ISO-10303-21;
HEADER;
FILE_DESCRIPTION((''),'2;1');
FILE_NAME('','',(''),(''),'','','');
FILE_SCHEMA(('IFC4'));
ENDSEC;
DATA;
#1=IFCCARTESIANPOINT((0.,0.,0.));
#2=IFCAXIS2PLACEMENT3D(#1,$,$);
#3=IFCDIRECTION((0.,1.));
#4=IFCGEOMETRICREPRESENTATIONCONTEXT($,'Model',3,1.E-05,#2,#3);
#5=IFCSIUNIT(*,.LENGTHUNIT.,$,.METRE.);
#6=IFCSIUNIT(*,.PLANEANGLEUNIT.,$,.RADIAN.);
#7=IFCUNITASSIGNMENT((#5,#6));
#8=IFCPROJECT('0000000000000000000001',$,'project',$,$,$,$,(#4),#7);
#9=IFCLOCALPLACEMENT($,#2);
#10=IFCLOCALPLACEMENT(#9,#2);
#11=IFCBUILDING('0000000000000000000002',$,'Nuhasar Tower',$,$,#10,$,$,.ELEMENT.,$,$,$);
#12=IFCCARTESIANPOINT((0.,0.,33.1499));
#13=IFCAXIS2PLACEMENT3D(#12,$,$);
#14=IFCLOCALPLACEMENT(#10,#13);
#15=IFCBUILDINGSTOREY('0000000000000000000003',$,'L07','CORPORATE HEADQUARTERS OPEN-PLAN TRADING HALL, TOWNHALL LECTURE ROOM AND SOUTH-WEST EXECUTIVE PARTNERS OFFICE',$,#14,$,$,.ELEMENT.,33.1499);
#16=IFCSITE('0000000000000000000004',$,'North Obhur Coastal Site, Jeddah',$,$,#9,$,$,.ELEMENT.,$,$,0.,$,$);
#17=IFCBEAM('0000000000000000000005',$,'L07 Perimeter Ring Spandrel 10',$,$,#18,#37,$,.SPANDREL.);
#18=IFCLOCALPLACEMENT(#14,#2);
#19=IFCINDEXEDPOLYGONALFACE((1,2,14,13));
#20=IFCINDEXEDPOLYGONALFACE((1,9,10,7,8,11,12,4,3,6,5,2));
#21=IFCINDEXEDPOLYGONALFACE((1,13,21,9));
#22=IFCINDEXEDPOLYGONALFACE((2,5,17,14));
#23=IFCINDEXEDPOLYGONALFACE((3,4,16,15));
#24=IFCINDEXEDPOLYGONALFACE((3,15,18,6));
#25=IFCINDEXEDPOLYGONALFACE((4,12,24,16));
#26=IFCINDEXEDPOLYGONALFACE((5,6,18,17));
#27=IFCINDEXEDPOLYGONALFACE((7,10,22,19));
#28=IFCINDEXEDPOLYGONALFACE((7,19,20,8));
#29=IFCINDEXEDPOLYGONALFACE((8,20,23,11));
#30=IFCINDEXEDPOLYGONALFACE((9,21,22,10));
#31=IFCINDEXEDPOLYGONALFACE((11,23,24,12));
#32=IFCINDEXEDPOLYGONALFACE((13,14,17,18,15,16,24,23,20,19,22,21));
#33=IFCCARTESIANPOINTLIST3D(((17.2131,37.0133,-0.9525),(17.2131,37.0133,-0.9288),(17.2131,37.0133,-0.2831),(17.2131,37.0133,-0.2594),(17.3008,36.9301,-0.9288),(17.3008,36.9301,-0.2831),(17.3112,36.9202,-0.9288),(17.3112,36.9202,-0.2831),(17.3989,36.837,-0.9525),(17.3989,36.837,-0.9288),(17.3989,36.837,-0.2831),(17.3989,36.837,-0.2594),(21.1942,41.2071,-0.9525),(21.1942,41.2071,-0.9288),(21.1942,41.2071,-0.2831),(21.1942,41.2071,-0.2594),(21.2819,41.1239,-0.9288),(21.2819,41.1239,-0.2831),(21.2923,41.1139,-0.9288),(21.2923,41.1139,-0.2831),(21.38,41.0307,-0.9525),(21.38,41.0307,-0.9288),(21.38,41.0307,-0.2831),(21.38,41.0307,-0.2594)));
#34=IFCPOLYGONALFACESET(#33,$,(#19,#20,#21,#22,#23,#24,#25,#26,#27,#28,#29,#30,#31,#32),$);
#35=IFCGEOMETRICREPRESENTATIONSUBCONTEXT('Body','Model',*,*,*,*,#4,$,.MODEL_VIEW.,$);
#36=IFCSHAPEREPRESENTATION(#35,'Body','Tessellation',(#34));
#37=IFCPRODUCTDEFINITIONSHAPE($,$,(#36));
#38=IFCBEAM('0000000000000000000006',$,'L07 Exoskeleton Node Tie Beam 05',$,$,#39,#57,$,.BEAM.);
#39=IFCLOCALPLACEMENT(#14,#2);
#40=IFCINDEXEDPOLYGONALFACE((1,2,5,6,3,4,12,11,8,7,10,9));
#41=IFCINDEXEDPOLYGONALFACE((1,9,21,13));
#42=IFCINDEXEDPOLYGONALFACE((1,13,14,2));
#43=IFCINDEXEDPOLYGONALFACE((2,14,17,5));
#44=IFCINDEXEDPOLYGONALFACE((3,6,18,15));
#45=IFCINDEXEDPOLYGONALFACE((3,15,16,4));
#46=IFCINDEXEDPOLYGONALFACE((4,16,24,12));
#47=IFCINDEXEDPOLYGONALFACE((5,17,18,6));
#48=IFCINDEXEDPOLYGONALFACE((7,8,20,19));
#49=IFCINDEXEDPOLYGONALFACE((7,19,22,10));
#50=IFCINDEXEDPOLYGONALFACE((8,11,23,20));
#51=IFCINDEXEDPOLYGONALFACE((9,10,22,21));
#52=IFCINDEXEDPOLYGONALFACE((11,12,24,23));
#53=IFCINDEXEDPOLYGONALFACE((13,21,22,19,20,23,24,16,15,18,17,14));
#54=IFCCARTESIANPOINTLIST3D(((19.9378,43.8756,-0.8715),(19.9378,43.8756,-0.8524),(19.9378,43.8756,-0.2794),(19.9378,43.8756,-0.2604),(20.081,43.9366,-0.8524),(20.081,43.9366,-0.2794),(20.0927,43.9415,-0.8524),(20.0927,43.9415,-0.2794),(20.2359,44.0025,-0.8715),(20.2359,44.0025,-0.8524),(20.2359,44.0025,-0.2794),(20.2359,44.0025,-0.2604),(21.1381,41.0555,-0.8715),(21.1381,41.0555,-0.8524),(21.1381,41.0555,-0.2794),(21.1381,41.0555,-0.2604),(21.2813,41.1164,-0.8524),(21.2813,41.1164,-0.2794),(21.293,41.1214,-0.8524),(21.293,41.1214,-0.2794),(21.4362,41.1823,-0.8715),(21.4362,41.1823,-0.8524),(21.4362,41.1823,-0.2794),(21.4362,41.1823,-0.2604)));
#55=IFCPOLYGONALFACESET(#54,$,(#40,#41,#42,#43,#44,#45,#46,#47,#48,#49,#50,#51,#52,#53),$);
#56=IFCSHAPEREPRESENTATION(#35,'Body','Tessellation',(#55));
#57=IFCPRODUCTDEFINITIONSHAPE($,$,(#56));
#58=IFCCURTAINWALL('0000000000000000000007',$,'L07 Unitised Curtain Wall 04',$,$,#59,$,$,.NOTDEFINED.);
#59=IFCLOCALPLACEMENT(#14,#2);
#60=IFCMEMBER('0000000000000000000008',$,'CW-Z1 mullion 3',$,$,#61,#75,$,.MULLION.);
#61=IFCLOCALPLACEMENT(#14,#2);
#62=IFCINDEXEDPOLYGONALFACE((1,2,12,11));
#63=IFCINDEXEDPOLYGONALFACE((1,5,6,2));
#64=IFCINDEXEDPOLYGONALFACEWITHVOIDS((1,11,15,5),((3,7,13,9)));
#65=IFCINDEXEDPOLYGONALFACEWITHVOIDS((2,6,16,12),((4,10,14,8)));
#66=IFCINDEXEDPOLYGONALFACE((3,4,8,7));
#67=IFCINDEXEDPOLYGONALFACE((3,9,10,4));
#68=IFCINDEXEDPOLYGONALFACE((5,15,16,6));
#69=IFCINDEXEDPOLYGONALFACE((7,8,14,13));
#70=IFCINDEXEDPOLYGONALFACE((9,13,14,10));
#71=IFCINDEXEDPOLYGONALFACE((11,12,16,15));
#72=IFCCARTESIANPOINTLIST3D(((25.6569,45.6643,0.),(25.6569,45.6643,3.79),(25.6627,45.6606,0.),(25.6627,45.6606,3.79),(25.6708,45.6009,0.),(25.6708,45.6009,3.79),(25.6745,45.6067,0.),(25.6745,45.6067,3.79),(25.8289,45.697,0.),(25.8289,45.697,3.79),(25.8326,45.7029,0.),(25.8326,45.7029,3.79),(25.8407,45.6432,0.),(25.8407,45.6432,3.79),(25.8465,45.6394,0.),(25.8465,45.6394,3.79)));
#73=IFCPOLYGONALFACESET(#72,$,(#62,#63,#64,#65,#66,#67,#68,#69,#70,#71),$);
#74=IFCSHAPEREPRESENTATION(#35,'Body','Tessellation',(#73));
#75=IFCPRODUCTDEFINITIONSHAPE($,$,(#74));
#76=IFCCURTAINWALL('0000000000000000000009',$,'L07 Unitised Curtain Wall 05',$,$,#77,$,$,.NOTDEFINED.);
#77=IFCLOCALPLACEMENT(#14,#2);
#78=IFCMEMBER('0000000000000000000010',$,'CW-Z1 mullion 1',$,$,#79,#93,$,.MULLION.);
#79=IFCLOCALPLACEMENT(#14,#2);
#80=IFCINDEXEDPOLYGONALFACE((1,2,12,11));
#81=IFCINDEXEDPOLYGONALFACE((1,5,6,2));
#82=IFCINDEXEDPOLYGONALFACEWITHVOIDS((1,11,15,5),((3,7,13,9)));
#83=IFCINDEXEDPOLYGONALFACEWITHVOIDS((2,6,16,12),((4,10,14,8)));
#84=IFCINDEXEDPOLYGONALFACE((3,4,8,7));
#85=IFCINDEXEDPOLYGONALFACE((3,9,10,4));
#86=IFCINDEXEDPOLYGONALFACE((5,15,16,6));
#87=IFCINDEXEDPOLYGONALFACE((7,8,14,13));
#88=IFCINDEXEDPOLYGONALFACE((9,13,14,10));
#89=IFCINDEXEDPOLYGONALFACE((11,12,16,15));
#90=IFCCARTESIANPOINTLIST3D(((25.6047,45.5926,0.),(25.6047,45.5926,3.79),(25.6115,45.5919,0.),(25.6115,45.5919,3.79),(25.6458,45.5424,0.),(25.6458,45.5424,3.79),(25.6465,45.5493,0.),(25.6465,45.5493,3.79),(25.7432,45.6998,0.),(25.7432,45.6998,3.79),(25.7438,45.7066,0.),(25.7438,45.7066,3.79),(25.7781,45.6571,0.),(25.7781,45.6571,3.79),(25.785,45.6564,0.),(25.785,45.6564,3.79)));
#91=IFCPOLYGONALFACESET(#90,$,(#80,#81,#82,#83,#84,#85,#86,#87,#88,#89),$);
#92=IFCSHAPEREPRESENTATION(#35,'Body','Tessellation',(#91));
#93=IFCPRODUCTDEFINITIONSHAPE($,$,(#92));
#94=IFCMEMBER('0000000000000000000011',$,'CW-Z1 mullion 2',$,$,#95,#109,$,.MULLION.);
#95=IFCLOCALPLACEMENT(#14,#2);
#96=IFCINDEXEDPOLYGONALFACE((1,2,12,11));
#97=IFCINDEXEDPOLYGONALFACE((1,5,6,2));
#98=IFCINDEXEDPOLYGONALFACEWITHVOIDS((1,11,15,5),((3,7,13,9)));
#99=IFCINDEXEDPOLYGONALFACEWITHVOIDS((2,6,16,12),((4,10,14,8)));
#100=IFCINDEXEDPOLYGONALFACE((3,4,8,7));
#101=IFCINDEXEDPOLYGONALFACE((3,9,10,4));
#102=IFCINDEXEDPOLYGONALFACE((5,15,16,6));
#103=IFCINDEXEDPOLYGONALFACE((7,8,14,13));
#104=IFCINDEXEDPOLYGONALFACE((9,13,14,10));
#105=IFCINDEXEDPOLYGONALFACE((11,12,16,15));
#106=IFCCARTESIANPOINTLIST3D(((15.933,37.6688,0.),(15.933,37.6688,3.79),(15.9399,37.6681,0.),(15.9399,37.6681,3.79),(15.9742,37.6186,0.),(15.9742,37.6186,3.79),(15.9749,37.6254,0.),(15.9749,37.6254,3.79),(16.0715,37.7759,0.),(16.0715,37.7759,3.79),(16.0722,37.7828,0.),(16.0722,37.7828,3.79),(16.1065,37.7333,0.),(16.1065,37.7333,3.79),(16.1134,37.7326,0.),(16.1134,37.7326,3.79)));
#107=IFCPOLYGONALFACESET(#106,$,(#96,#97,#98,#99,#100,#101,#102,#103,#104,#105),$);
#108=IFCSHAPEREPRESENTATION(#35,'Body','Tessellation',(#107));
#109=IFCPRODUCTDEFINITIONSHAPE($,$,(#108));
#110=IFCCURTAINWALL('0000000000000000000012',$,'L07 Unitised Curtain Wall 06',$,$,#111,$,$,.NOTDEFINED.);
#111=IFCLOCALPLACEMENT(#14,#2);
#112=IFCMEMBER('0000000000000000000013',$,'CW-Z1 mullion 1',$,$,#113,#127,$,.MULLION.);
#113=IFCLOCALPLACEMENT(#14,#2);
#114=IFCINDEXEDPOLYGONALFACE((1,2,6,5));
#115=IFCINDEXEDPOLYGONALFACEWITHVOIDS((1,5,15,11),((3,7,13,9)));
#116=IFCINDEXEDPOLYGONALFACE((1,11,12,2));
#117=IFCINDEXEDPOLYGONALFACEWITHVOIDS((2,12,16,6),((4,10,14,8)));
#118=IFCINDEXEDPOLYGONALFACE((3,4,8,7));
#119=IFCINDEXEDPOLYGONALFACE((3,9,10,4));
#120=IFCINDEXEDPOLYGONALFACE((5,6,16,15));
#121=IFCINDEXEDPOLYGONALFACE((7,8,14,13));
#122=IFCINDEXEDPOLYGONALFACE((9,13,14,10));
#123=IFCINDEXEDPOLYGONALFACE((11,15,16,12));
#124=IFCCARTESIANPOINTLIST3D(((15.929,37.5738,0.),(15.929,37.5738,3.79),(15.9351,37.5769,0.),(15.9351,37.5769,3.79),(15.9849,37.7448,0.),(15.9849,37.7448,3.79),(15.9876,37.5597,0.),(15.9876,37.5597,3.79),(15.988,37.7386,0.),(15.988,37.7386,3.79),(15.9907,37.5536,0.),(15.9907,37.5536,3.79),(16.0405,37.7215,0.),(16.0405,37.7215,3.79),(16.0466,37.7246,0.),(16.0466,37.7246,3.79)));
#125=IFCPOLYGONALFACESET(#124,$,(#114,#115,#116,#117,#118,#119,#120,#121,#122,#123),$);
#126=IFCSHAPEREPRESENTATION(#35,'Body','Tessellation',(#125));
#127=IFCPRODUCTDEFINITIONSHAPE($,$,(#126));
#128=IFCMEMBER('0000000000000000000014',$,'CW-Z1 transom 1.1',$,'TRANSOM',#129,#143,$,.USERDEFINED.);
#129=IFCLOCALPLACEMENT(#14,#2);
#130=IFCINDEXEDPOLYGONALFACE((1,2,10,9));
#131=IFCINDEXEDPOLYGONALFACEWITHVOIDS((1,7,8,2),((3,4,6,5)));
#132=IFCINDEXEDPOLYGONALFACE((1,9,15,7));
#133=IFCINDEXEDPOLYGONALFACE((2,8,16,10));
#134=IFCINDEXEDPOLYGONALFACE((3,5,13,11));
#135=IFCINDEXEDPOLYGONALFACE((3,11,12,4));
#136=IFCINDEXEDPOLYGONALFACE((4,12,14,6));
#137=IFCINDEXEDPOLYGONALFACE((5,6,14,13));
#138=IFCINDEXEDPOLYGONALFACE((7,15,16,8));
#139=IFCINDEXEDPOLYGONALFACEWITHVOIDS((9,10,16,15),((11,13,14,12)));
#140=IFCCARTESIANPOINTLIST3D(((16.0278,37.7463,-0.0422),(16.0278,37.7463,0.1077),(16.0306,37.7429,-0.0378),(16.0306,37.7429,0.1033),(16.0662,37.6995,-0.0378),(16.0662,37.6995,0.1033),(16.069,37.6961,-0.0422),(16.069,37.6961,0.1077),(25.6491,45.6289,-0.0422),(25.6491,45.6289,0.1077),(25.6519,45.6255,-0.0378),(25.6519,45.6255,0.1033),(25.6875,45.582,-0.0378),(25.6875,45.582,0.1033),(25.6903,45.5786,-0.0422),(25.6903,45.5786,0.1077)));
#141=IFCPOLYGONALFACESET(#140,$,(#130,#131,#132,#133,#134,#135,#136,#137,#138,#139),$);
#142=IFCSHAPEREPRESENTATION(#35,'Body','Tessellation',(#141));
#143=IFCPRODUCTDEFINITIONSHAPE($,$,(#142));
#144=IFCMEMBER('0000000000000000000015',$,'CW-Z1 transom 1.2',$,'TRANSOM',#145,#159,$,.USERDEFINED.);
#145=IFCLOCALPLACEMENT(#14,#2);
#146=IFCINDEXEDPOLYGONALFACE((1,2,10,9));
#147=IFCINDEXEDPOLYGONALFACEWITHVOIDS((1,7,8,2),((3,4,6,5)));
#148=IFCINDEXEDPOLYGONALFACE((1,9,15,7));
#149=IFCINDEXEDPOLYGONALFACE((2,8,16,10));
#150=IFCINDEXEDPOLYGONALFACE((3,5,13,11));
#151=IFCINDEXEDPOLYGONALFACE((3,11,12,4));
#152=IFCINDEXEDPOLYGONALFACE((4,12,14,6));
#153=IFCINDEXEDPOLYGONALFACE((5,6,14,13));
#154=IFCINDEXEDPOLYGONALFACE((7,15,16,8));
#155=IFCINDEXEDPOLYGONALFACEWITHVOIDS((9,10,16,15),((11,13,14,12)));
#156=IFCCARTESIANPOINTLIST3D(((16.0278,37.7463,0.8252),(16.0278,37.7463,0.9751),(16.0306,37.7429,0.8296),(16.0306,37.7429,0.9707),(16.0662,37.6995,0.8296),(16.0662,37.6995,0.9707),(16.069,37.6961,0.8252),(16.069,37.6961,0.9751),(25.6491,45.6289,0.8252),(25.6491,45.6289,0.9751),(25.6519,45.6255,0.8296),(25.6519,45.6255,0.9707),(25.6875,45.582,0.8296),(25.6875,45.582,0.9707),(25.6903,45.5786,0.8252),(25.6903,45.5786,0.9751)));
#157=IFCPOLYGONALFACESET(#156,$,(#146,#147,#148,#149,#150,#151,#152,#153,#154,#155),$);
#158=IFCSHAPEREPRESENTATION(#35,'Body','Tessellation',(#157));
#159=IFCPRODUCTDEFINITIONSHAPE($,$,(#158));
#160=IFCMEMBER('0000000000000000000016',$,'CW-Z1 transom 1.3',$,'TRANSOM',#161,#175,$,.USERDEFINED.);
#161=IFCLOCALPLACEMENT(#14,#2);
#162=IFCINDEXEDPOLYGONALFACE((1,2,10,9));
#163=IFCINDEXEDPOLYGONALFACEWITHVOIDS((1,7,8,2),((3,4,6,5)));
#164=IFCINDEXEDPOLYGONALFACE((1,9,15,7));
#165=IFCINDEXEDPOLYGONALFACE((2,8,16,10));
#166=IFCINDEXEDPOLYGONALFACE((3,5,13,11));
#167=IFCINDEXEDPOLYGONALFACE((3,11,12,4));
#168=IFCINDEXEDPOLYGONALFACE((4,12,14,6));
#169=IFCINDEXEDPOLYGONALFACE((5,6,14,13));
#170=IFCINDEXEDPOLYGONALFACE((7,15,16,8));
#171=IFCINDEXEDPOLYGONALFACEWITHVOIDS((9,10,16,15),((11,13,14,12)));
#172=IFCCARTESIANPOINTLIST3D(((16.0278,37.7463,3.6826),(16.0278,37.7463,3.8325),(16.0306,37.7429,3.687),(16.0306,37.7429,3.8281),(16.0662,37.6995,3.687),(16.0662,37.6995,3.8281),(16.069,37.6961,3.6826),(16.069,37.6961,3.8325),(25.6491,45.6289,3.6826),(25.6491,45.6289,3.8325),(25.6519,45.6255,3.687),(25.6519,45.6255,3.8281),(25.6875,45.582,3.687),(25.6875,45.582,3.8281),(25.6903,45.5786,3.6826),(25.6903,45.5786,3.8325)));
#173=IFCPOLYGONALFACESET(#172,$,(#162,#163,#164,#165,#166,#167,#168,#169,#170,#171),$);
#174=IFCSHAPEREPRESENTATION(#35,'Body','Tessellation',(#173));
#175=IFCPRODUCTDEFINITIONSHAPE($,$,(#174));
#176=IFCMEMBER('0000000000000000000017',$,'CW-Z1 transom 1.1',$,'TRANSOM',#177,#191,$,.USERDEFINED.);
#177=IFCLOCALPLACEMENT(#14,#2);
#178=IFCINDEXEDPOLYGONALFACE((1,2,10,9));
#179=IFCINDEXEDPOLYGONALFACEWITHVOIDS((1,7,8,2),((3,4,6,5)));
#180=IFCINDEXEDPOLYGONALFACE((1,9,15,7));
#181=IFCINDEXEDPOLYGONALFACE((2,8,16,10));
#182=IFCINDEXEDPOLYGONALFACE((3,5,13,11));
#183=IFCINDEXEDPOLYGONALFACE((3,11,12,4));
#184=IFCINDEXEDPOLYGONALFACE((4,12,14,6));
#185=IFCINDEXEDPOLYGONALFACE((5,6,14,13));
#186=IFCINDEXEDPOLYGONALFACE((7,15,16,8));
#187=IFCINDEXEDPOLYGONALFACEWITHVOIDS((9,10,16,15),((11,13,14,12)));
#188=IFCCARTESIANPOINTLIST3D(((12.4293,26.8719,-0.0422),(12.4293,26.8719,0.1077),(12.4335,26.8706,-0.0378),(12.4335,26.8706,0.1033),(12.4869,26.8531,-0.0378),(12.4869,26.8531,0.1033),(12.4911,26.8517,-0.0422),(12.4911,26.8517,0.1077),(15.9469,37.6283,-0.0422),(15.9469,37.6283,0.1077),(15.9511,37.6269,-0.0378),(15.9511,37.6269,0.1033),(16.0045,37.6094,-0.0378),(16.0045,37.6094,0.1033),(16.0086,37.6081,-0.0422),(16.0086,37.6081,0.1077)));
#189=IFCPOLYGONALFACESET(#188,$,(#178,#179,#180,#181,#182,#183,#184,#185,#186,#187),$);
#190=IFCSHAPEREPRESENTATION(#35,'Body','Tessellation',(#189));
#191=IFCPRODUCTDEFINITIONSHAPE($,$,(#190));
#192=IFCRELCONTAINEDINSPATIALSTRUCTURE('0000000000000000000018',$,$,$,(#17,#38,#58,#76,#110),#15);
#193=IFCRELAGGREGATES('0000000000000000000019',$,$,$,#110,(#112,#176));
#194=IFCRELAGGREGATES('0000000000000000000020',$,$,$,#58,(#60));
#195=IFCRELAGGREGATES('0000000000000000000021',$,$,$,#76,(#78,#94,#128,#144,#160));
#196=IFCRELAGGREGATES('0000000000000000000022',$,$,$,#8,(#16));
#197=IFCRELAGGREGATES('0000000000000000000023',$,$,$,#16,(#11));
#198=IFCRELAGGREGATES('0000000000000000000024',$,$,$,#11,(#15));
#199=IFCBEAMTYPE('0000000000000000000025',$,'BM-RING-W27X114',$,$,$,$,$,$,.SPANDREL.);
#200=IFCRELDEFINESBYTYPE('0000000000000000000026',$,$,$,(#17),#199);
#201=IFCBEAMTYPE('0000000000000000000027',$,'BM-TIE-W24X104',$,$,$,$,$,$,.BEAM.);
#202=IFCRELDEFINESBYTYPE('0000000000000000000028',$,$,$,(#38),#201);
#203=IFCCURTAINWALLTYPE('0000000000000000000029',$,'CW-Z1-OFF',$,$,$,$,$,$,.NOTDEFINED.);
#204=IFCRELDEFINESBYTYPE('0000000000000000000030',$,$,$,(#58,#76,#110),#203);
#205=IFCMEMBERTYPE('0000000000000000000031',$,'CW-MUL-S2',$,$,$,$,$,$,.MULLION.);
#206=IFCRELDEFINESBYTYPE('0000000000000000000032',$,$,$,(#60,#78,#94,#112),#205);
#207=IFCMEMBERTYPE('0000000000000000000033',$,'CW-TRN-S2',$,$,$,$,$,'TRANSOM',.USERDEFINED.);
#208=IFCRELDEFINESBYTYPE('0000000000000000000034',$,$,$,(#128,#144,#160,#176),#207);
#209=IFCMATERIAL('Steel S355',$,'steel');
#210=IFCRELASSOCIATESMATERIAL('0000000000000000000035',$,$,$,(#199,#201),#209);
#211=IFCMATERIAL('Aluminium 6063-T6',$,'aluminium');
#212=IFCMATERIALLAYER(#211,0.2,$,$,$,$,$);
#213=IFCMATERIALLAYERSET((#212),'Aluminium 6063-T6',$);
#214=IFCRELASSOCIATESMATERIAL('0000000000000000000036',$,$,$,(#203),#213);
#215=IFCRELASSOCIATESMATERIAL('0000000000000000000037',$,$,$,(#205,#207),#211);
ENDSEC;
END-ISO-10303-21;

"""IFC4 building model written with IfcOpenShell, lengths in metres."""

from ifc_helpers import new_model, si_unit, direction, frame, origin, origin_2d, place, context, subcontext, project, spatial, hollow_rectangle, i_section, extrude, material, layer, layer_set, material_profile, profile_set, type_object, element, aggregate, save


model = new_model("IFC4")

# Units and contexts
model_context = context("Model", 3, precision=1e-05, world=origin(), true_north=direction((0.0, 1.0)))
body_context = subcontext(model_context, "Body", "Model", "MODEL_VIEW")
ifc_project = project(units=[si_unit("LENGTHUNIT", "METRE"), si_unit("PLANEANGLEUNIT", "RADIAN")], contexts=[model_context])

# Site, building, storey
site_placement = place(None, origin())
site = spatial("IfcSite", under=ifc_project, at=site_placement, Name="North Obhur Coastal Site, Jeddah", CompositionType="ELEMENT", RefElevation=0.0)
building_placement = place(site_placement, origin())
building = spatial("IfcBuilding", under=site, at=building_placement, Name="Nuhasar Tower", CompositionType="ELEMENT")
storey_placement = place(building_placement, frame((0.0, 0.0, 33.1499)))
storey = spatial("IfcBuildingStorey", under=building, at=storey_placement, Name="L07", Description="CORPORATE HEADQUARTERS OPEN-PLAN TRADING HALL, TOWNHALL LECTURE ROOM AND SOUTH-WEST EXECUTIVE PARTNERS OFFICE", CompositionType="ELEMENT", Elevation=33.1499)

# Beams
ifc_material_1 = material(Name="Steel S355", Category="steel")
ifc_material_profile_1 = material_profile(ifc_material_1, i_section(OverallWidth=0.2561, OverallDepth=0.6931, WebThickness=0.0144, FlangeThickness=0.0237, at=origin_2d()), Name="W27X114")
ifc_profile_set_1 = profile_set([ifc_material_profile_1], Name="Steel S355")
beam_type_1 = type_object("IfcBeamType", Name="BM-RING-W27X114", PredefinedType="SPANDREL", material=ifc_profile_set_1)
beam_1_placement = place(storey_placement, frame((21.2871, 41.1189, -0.606), z_axis=(-0.688481, -0.725254, 0.0), x_axis=(0.725254, -0.688481, 0.0)))
element("IfcBeam", 1, at=beam_1_placement, inside=storey, type_object=beam_type_1, Name="L07 Perimeter Ring Spandrel 10", PredefinedType="SPANDREL", context=body_context, shape_type="SweptSolid", body=[
    extrude(i_section(OverallWidth=0.2561, OverallDepth=0.6931, WebThickness=0.0144, FlangeThickness=0.0237, at=origin_2d()), origin(), (0.0, 0.0, 1.0), 5.7825),
])
ifc_material_profile_2 = material_profile(ifc_material_1, i_section(OverallWidth=0.324, OverallDepth=0.6111, WebThickness=0.0127, FlangeThickness=0.019, at=origin_2d()), Name="W24X104")
ifc_profile_set_2 = profile_set([ifc_material_profile_2], Name="Steel S355")
beam_type_2 = type_object("IfcBeamType", Name="BM-TIE-W24X104", PredefinedType="BEAM", material=ifc_profile_set_2)
beam_2_placement = place(storey_placement, frame((21.2871, 41.1189, -0.5659), z_axis=(-0.391601, 0.920135, 0.0), x_axis=(-0.920135, -0.391601, 0.0)))
element("IfcBeam", 2, at=beam_2_placement, inside=storey, type_object=beam_type_2, Name="L07 Exoskeleton Node Tie Beam 05", PredefinedType="BEAM", context=body_context, shape_type="SweptSolid", body=[
    extrude(i_section(OverallWidth=0.324, OverallDepth=0.6111, WebThickness=0.0127, FlangeThickness=0.019, at=origin_2d()), origin(), (0.0, 0.0, 1.0), 3.0649),
])

# Curtain wall, member
ifc_material_2 = material(Name="Aluminium 6063-T6", Category="aluminium")
ifc_layer_1 = layer(ifc_material_2, 0.2)
ifc_layer_set_1 = layer_set([ifc_layer_1], Name="Aluminium 6063-T6")
curtain_wall_type = type_object("IfcCurtainWallType", Name="CW-Z1-OFF", PredefinedType="NOTDEFINED", material=ifc_layer_set_1)
curtain_wall_1_placement = place(storey_placement, origin())
curtain_wall_1 = element("IfcCurtainWall", 3, at=curtain_wall_1_placement, inside=storey, type_object=curtain_wall_type, Name="L07 Unitised Curtain Wall 04", PredefinedType="NOTDEFINED")
ifc_material_profile_3 = material_profile(ifc_material_2, hollow_rectangle(XDim=0.0649, YDim=0.1799, WallThickness=0.0049, at=origin_2d()), Name="CWM-2")
ifc_profile_set_3 = profile_set([ifc_material_profile_3], Name="Aluminium 6063-T6")
member_type_1 = type_object("IfcMemberType", Name="CW-MUL-S2", PredefinedType="MULLION", material=ifc_profile_set_3)
member_1_placement = place(storey_placement, frame((25.7517, 45.6519, 0.0), z_axis=(0.0, 0.0, 1.0), x_axis=(0.214399, -0.976746, 0.0)))
member_1 = element("IfcMember", 4, at=member_1_placement, type_object=member_type_1, Name="CW-Z1 mullion 3", PredefinedType="MULLION", context=body_context, shape_type="SweptSolid", body=[
    extrude(hollow_rectangle(XDim=0.0649, YDim=0.1799, WallThickness=0.0049, at=origin_2d()), origin(), (0.0, 0.0, 1.0), 3.79),
])

# Curtain wall, members
curtain_wall_2_placement = place(storey_placement, origin())
curtain_wall_2 = element("IfcCurtainWall", 5, at=curtain_wall_2_placement, inside=storey, type_object=curtain_wall_type, Name="L07 Unitised Curtain Wall 05", PredefinedType="NOTDEFINED")
member_2_placement = place(storey_placement, frame((25.6948, 45.6245, 0.0), z_axis=(0.0, 0.0, 1.0), x_axis=(0.633745, -0.773542, 0.0)))
member_2 = element("IfcMember", 6, at=member_2_placement, type_object=member_type_1, Name="CW-Z1 mullion 1", PredefinedType="MULLION", context=body_context, shape_type="SweptSolid", body=[
    extrude(hollow_rectangle(XDim=0.0649, YDim=0.1799, WallThickness=0.0049, at=origin_2d()), origin(), (0.0, 0.0, 1.0), 3.79),
])
member_3_placement = place(storey_placement, frame((16.0232, 37.7007, 0.0), z_axis=(0.0, 0.0, 1.0), x_axis=(0.633745, -0.773542, 0.0)))
member_3 = element("IfcMember", 7, at=member_3_placement, type_object=member_type_1, Name="CW-Z1 mullion 2", PredefinedType="MULLION", context=body_context, shape_type="SweptSolid", body=[
    extrude(hollow_rectangle(XDim=0.0649, YDim=0.1799, WallThickness=0.0049, at=origin_2d()), origin(), (0.0, 0.0, 1.0), 3.79),
])

# Curtain wall, member
curtain_wall_3_placement = place(storey_placement, origin())
curtain_wall_3 = element("IfcCurtainWall", 8, at=curtain_wall_3_placement, inside=storey, type_object=curtain_wall_type, Name="L07 Unitised Curtain Wall 06", PredefinedType="NOTDEFINED")
member_4_placement = place(storey_placement, frame((15.9878, 37.6492, 0.0), z_axis=(0.0, 0.0, 1.0), x_axis=(0.950468, -0.310824, 0.0)))
member_4 = element("IfcMember", 9, at=member_4_placement, type_object=member_type_1, Name="CW-Z1 mullion 1", PredefinedType="MULLION", context=body_context, shape_type="SweptSolid", body=[
    extrude(hollow_rectangle(XDim=0.0649, YDim=0.1799, WallThickness=0.0049, at=origin_2d()), origin(), (0.0, 0.0, 1.0), 3.79),
])

# Members
ifc_material_profile_4 = material_profile(ifc_material_2, hollow_rectangle(XDim=0.0649, YDim=0.1499, WallThickness=0.0044, at=origin_2d()), Name="CWT-2")
ifc_profile_set_4 = profile_set([ifc_material_profile_4], Name="Aluminium 6063-T6")
member_type_2 = type_object("IfcMemberType", Name="CW-TRN-S2", ElementType="TRANSOM", PredefinedType="USERDEFINED", material=ifc_profile_set_4)
member_5_placement = place(storey_placement, frame((25.6697, 45.6038, 0.0327), z_axis=(-0.773541, -0.633746, 0.0), x_axis=(0.633746, -0.773541, 0.0)))
member_5 = element("IfcMember", 10, at=member_5_placement, type_object=member_type_2, Name="CW-Z1 transom 1.1", ObjectType="TRANSOM", PredefinedType="USERDEFINED", context=body_context, shape_type="SweptSolid", body=[
    extrude(hollow_rectangle(XDim=0.0649, YDim=0.1499, WallThickness=0.0044, at=origin_2d()), origin(), (0.0, 0.0, 1.0), 12.438),
])
member_6_placement = place(storey_placement, frame((25.6697, 45.6038, 0.9001), z_axis=(-0.773541, -0.633746, 0.0), x_axis=(0.633746, -0.773541, 0.0)))
member_6 = element("IfcMember", 11, at=member_6_placement, type_object=member_type_2, Name="CW-Z1 transom 1.2", ObjectType="TRANSOM", PredefinedType="USERDEFINED", context=body_context, shape_type="SweptSolid", body=[
    extrude(hollow_rectangle(XDim=0.0649, YDim=0.1499, WallThickness=0.0044, at=origin_2d()), origin(), (0.0, 0.0, 1.0), 12.438),
])
member_7_placement = place(storey_placement, frame((25.6697, 45.6038, 3.7576), z_axis=(-0.773541, -0.633746, 0.0), x_axis=(0.633746, -0.773541, 0.0)))
member_7 = element("IfcMember", 12, at=member_7_placement, type_object=member_type_2, Name="CW-Z1 transom 1.3", ObjectType="TRANSOM", PredefinedType="USERDEFINED", context=body_context, shape_type="SweptSolid", body=[
    extrude(hollow_rectangle(XDim=0.0649, YDim=0.1499, WallThickness=0.0044, at=origin_2d()), origin(), (0.0, 0.0, 1.0), 12.438),
])
member_8_placement = place(storey_placement, frame((15.9778, 37.6182, 0.0327), z_axis=(-0.310825, -0.950467, 0.0), x_axis=(0.950467, -0.310825, 0.0)))
member_8 = element("IfcMember", 13, at=member_8_placement, type_object=member_type_2, Name="CW-Z1 transom 1.1", ObjectType="TRANSOM", PredefinedType="USERDEFINED", context=body_context, shape_type="SweptSolid", body=[
    extrude(hollow_rectangle(XDim=0.0649, YDim=0.1499, WallThickness=0.0044, at=origin_2d()), origin(), (0.0, 0.0, 1.0), 11.3169),
])
aggregate(curtain_wall_3, [member_4, member_8])

aggregate(curtain_wall_1, [member_1])
aggregate(curtain_wall_2, [member_2, member_3, member_5, member_6, member_7])

save(model, "model.ifc")
